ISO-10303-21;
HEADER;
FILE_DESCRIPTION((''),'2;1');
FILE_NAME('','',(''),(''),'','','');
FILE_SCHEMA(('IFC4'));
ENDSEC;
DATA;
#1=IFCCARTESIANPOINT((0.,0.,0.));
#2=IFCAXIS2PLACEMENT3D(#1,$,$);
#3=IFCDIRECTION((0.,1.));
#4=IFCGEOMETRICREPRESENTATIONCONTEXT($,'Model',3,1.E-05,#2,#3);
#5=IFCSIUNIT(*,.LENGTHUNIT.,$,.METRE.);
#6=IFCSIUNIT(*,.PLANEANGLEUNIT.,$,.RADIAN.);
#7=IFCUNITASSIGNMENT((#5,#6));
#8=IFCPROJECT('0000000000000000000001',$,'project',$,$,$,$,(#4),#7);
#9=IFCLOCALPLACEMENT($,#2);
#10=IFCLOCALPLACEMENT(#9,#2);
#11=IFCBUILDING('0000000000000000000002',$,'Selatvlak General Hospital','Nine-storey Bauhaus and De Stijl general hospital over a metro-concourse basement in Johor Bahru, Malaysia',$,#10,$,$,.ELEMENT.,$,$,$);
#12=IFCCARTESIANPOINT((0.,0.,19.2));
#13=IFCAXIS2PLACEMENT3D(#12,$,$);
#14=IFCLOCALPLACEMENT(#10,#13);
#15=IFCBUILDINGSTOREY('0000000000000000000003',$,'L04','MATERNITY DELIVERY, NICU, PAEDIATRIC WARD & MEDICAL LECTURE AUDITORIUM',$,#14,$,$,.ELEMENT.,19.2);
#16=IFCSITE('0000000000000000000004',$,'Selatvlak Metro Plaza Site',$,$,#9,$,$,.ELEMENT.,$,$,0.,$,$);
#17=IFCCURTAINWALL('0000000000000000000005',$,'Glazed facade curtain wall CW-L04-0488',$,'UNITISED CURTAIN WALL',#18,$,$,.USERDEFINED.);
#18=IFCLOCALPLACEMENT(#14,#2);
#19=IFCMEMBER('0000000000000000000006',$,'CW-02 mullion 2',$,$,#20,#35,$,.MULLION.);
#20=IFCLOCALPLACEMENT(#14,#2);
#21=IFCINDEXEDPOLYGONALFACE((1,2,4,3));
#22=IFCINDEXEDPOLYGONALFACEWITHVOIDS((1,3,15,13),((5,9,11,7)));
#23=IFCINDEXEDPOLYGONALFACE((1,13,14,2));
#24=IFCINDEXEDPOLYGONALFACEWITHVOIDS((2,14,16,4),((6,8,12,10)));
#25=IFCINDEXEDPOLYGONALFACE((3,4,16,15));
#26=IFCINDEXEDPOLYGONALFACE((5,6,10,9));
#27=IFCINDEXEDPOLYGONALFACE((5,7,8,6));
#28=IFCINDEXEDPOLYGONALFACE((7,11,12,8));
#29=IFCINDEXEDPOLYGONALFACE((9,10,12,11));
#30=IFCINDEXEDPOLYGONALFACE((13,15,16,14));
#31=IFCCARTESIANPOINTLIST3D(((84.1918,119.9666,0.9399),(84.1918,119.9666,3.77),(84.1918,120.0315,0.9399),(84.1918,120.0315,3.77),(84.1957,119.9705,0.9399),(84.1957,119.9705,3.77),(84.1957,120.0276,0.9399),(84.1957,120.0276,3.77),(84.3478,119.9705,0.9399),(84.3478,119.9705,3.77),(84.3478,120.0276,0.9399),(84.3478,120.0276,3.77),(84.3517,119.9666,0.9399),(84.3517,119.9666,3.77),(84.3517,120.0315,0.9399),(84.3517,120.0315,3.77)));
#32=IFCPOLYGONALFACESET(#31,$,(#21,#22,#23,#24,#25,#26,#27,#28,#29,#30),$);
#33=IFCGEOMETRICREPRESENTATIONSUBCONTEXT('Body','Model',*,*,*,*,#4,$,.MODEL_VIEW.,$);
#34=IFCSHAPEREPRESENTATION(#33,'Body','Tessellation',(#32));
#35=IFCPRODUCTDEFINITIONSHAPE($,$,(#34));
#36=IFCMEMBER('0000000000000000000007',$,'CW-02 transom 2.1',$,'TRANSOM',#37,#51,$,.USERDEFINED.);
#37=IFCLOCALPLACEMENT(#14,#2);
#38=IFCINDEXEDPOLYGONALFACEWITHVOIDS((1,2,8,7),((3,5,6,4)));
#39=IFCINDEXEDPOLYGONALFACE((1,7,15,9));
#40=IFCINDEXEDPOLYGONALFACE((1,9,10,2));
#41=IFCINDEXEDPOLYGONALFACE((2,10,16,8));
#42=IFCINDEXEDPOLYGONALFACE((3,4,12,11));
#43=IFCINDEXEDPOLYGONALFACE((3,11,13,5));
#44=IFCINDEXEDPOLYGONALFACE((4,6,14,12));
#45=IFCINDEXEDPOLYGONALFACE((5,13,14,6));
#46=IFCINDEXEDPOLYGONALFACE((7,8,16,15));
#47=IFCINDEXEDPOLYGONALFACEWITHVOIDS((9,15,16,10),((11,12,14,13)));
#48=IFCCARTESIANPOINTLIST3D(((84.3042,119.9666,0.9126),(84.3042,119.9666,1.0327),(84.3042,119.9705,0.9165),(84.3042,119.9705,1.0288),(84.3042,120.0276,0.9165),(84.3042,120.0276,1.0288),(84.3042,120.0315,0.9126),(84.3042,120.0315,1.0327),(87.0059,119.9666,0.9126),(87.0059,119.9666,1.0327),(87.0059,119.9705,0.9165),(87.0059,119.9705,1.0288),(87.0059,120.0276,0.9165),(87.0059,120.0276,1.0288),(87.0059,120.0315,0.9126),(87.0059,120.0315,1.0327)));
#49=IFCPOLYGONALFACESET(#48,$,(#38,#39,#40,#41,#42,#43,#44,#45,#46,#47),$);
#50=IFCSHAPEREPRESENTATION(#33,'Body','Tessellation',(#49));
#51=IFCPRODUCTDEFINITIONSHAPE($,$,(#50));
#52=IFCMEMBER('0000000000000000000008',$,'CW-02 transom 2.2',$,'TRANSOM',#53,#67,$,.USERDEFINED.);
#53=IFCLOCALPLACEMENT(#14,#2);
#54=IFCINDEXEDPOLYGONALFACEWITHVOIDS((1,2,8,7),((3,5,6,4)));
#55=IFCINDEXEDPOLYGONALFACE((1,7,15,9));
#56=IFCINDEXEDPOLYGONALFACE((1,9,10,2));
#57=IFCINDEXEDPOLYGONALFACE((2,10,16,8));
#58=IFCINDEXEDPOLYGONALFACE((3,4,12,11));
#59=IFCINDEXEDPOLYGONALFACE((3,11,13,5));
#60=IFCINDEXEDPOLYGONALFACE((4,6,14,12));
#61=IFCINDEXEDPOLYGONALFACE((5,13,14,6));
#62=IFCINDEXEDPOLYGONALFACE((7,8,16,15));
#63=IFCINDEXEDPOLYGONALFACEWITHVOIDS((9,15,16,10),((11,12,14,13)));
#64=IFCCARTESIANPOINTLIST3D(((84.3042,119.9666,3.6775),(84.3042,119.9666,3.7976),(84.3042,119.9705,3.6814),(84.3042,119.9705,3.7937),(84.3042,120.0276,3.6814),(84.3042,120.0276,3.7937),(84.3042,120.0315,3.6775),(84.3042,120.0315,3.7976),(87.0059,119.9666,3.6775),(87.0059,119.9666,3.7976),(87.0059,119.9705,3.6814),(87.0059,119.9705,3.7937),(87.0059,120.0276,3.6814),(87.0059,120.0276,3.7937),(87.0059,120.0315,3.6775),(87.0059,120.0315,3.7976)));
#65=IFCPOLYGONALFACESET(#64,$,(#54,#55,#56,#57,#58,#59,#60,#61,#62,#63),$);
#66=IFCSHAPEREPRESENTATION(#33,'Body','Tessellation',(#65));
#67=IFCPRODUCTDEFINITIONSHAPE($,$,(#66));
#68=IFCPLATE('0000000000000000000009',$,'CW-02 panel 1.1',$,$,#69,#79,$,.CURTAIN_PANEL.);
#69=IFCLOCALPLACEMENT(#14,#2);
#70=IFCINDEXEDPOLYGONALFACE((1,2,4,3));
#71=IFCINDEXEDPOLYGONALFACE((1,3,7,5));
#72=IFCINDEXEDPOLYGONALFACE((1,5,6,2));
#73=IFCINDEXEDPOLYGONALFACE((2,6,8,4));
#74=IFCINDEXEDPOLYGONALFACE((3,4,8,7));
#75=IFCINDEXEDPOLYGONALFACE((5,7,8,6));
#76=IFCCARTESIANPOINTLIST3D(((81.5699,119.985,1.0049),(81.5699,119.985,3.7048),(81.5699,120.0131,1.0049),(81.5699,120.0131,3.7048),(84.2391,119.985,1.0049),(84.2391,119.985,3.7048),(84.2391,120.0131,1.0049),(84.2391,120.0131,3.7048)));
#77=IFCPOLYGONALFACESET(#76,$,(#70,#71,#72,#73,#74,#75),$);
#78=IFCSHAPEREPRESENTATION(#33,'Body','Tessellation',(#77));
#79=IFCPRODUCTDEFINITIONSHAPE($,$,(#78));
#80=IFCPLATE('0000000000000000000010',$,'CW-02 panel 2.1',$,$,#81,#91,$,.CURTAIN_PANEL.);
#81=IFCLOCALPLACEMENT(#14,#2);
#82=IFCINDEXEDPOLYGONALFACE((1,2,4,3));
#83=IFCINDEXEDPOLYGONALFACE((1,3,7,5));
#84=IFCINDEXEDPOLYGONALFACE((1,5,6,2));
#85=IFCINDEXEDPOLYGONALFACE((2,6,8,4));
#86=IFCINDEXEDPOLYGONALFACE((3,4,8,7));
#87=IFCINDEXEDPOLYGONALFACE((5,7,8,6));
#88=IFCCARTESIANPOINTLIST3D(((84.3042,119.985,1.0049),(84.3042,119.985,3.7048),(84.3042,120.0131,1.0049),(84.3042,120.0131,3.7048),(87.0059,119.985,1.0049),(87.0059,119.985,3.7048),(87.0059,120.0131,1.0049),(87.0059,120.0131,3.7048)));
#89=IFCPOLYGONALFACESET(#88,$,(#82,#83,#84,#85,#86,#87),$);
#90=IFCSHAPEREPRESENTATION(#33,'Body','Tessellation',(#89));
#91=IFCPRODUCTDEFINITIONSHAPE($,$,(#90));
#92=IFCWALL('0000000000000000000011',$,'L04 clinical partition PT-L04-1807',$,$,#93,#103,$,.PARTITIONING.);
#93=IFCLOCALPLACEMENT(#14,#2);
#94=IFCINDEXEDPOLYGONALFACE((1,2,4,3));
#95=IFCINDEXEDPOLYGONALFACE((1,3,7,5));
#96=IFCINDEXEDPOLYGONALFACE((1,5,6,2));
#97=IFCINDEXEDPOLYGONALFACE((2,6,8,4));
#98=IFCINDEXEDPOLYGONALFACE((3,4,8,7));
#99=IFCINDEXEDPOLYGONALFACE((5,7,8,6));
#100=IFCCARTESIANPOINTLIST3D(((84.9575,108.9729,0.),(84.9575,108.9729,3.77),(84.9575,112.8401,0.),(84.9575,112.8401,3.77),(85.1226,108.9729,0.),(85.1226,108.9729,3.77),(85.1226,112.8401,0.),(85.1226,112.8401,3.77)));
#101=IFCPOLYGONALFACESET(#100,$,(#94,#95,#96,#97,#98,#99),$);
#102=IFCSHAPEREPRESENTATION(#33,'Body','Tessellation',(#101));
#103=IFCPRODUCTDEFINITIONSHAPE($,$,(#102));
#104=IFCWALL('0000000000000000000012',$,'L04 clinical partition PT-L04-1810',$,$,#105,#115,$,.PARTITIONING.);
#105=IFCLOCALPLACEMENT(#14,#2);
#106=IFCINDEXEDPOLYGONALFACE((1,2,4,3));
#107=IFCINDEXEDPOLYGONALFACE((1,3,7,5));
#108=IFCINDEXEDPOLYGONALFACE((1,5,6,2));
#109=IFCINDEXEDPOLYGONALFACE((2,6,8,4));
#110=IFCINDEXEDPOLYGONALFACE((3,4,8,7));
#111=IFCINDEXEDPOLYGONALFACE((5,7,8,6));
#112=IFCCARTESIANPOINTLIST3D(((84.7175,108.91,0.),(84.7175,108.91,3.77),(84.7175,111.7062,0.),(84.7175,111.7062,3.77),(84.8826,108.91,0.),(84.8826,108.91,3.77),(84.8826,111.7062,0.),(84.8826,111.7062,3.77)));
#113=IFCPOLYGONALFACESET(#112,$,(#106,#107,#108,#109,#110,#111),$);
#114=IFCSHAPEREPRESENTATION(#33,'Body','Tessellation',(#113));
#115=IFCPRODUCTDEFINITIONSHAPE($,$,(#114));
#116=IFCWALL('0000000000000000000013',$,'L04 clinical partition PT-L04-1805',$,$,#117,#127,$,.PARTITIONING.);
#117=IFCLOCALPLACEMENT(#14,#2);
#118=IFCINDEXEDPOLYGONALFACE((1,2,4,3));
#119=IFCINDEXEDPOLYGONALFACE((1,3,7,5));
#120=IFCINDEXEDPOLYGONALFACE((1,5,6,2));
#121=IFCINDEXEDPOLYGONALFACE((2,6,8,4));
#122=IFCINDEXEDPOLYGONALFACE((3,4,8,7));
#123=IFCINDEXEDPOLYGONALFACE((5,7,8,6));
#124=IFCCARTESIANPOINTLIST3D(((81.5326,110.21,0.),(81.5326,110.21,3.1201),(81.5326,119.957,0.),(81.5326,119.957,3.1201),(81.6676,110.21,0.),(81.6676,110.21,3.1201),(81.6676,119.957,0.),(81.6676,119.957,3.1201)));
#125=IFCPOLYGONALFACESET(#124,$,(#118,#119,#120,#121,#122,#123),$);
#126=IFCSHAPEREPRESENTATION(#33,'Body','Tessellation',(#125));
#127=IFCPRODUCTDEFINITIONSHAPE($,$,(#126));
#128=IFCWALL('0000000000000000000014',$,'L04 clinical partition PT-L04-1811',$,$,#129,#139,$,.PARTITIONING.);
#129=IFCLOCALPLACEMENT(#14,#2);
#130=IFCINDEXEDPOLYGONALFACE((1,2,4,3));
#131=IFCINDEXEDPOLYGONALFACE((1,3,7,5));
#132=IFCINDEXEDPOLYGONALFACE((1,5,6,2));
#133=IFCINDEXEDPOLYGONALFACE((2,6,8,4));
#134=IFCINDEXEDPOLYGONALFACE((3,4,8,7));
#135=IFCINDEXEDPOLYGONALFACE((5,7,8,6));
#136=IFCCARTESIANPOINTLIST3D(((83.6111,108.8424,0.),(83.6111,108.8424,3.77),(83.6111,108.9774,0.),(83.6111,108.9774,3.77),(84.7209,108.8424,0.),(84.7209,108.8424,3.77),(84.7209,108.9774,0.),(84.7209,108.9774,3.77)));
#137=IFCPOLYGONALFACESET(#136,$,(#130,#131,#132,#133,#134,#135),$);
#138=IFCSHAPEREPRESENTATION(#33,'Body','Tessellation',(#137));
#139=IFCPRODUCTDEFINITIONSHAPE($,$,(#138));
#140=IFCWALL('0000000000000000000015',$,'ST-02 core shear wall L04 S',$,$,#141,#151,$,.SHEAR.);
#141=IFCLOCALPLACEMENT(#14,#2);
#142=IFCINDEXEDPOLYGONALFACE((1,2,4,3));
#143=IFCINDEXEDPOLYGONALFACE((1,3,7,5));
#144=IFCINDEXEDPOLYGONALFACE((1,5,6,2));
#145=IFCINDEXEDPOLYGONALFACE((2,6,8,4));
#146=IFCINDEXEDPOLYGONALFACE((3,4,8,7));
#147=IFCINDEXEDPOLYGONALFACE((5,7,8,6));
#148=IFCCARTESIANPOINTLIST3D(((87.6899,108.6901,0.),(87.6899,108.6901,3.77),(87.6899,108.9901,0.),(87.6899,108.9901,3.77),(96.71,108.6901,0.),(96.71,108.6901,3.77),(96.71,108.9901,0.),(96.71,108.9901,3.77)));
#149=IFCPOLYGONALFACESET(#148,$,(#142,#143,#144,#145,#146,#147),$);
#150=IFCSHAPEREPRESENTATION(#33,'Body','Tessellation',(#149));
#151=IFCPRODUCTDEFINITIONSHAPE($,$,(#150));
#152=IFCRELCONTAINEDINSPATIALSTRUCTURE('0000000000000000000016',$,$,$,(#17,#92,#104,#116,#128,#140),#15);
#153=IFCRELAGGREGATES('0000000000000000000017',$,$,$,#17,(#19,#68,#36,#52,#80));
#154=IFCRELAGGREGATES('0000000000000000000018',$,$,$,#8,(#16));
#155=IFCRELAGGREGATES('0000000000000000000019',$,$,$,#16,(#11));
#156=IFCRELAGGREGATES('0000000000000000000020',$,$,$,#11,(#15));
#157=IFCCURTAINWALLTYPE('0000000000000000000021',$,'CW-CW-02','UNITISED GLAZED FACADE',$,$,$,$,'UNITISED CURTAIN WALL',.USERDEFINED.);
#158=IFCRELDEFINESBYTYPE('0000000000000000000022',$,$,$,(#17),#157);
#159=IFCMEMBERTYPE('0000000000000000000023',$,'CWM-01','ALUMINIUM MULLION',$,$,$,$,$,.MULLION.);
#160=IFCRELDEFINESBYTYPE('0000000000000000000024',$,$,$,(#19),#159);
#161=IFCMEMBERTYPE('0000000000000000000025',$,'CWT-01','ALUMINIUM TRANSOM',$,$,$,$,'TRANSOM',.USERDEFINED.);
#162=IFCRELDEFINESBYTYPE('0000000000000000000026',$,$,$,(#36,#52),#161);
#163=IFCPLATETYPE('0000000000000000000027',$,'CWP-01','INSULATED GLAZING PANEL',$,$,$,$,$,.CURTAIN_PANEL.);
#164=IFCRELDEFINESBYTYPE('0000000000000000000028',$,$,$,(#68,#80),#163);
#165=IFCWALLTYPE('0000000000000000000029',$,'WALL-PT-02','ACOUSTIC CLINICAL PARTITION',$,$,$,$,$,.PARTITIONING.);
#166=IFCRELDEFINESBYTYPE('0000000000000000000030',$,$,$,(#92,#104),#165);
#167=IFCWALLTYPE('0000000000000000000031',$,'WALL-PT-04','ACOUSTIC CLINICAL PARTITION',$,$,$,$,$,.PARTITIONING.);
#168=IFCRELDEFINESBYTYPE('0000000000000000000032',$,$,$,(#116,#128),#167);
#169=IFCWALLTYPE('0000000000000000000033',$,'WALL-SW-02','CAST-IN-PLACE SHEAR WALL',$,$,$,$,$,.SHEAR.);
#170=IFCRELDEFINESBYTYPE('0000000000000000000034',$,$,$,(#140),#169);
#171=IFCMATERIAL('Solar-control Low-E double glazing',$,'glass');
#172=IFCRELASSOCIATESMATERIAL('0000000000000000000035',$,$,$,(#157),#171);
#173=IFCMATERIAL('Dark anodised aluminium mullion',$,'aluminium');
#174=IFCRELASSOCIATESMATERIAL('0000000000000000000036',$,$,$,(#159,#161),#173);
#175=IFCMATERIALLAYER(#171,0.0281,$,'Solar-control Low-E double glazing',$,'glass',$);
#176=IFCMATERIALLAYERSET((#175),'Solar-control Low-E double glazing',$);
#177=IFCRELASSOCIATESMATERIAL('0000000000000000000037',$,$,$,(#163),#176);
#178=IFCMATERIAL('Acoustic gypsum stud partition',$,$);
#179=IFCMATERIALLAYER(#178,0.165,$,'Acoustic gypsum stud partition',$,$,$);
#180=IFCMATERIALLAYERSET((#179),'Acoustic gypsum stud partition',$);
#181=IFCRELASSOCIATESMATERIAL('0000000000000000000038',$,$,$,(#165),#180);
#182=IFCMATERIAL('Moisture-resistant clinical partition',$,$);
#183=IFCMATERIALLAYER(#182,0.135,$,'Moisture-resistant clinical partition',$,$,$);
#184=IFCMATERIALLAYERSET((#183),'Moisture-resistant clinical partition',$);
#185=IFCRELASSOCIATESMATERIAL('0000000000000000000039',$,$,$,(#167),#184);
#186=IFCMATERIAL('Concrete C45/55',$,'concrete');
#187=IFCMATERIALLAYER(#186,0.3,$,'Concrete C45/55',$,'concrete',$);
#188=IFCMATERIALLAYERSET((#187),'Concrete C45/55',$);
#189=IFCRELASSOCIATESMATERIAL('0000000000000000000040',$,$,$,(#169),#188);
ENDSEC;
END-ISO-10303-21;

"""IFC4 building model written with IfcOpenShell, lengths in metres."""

from ifc_helpers import new_model, si_unit, direction, frame, frame_2d, origin, origin_2d, place, context, subcontext, project, spatial, rectangle, hollow_rectangle, extrude, material, layer, layer_set, material_profile, profile_set, type_object, element, aggregate, save


model = new_model("IFC4")

# Units and contexts
model_context = context("Model", 3, precision=1e-05, world=origin(), true_north=direction((0.0, 1.0)))
body_context = subcontext(model_context, "Body", "Model", "MODEL_VIEW")
ifc_project = project(units=[si_unit("LENGTHUNIT", "METRE"), si_unit("PLANEANGLEUNIT", "RADIAN")], contexts=[model_context])

# Site, building, storey
site_placement = place(None, origin())
site = spatial("IfcSite", under=ifc_project, at=site_placement, Name="Selatvlak Metro Plaza Site", CompositionType="ELEMENT", RefElevation=0.0)
building_placement = place(site_placement, origin())
building = spatial("IfcBuilding", under=site, at=building_placement, Name="Selatvlak General Hospital", Description="Nine-storey Bauhaus and De Stijl general hospital over a metro-concourse basement in Johor Bahru, Malaysia", CompositionType="ELEMENT")
storey_placement = place(building_placement, frame((0.0, 0.0, 19.2)))
storey = spatial("IfcBuildingStorey", under=building, at=storey_placement, Name="L04", Description="MATERNITY DELIVERY, NICU, PAEDIATRIC WARD & MEDICAL LECTURE AUDITORIUM", CompositionType="ELEMENT", Elevation=19.2)

# Curtain wall, members, plates
ifc_material_1 = material(Name="Solar-control Low-E double glazing", Category="glass")
curtain_wall_type = type_object("IfcCurtainWallType", Name="CW-CW-02", Description="UNITISED GLAZED FACADE", ElementType="UNITISED CURTAIN WALL", PredefinedType="USERDEFINED", material=ifc_material_1)
curtain_wall_placement = place(storey_placement, origin())
curtain_wall = element("IfcCurtainWall", 1, at=curtain_wall_placement, inside=storey, type_object=curtain_wall_type, Name="Glazed facade curtain wall CW-L04-0488", ObjectType="UNITISED CURTAIN WALL", PredefinedType="USERDEFINED")
ifc_material_2 = material(Name="Dark anodised aluminium mullion", Category="aluminium")
ifc_material_profile_1 = material_profile(ifc_material_2, hollow_rectangle(XDim=0.0649, YDim=0.1599, WallThickness=0.0039, at=origin_2d()), Name="AL-MUL 65x160x4")
ifc_profile_set_1 = profile_set([ifc_material_profile_1], Name="Dark anodised aluminium mullion")
member_type_1 = type_object("IfcMemberType", Name="CWM-01", Description="ALUMINIUM MULLION", PredefinedType="MULLION", material=ifc_profile_set_1)
member_1_placement = place(storey_placement, frame((84.2717, 119.999, 0.9399), z_axis=(0.0, 0.0, 1.0), x_axis=(0.0, 1.0, 0.0)))
member_1 = element("IfcMember", 2, at=member_1_placement, type_object=member_type_1, Name="CW-02 mullion 2", PredefinedType="MULLION", context=body_context, shape_type="SweptSolid", body=[
    extrude(hollow_rectangle(XDim=0.0649, YDim=0.1599, WallThickness=0.0039, at=origin_2d()), origin(), (0.0, 0.0, 1.0), 2.8301),
])
ifc_material_profile_2 = material_profile(ifc_material_2, hollow_rectangle(XDim=0.0649, YDim=0.1201, WallThickness=0.0039, at=origin_2d()), Name="AL-TRN 65x120x4")
ifc_profile_set_2 = profile_set([ifc_material_profile_2], Name="Dark anodised aluminium mullion")
member_type_2 = type_object("IfcMemberType", Name="CWT-01", Description="ALUMINIUM TRANSOM", ElementType="TRANSOM", PredefinedType="USERDEFINED", material=ifc_profile_set_2)
member_2_placement = place(storey_placement, frame((84.3042, 119.999, 0.9727), z_axis=(1.0, 0.0, 0.0), x_axis=(0.0, 1.0, 0.0)))
member_2 = element("IfcMember", 3, at=member_2_placement, type_object=member_type_2, Name="CW-02 transom 2.1", ObjectType="TRANSOM", PredefinedType="USERDEFINED", context=body_context, shape_type="SweptSolid", body=[
    extrude(hollow_rectangle(XDim=0.0649, YDim=0.1201, WallThickness=0.0039, at=origin_2d()), origin(), (0.0, 0.0, 1.0), 2.7017),
])
member_3_placement = place(storey_placement, frame((84.3042, 119.999, 3.7375), z_axis=(1.0, 0.0, 0.0), x_axis=(0.0, 1.0, 0.0)))
member_3 = element("IfcMember", 4, at=member_3_placement, type_object=member_type_2, Name="CW-02 transom 2.2", ObjectType="TRANSOM", PredefinedType="USERDEFINED", context=body_context, shape_type="SweptSolid", body=[
    extrude(hollow_rectangle(XDim=0.0649, YDim=0.1201, WallThickness=0.0039, at=origin_2d()), origin(), (0.0, 0.0, 1.0), 2.7017),
])
ifc_layer_1 = layer(ifc_material_1, 0.0281, Name="Solar-control Low-E double glazing", Category="glass")
ifc_layer_set_1 = layer_set([ifc_layer_1], Name="Solar-control Low-E double glazing")
plate_type = type_object("IfcPlateType", Name="CWP-01", Description="INSULATED GLAZING PANEL", PredefinedType="CURTAIN_PANEL", material=ifc_layer_set_1)
plate_1_placement = place(storey_placement, frame((82.9045, 119.999, 1.0049), z_axis=(0.0, 0.0, 1.0), x_axis=(1.0, 0.0, 0.0)))
plate_1 = element("IfcPlate", 5, at=plate_1_placement, type_object=plate_type, Name="CW-02 panel 1.1", PredefinedType="CURTAIN_PANEL", context=body_context, shape_type="SweptSolid", body=[
    extrude(rectangle(XDim=2.6692, YDim=0.0281, at=origin_2d()), origin(), (0.0, 0.0, 1.0), 2.7),
])
plate_2_placement = place(storey_placement, frame((85.655, 119.999, 1.0049), z_axis=(0.0, 0.0, 1.0), x_axis=(1.0, 0.0, 0.0)))
plate_2 = element("IfcPlate", 6, at=plate_2_placement, type_object=plate_type, Name="CW-02 panel 2.1", PredefinedType="CURTAIN_PANEL", context=body_context, shape_type="SweptSolid", body=[
    extrude(rectangle(XDim=2.7017, YDim=0.0281, at=origin_2d()), origin(), (0.0, 0.0, 1.0), 2.7),
])
aggregate(curtain_wall, [member_1, plate_1, member_2, member_3, plate_2])

# Shared definitions
ifc_material_3 = material(Name="Acoustic gypsum stud partition")

# Walls
ifc_layer_2 = layer(ifc_material_3, 0.165, Name="Acoustic gypsum stud partition")
ifc_layer_set_2 = layer_set([ifc_layer_2], Name="Acoustic gypsum stud partition")
wall_type_1 = type_object("IfcWallType", Name="WALL-PT-02", Description="ACOUSTIC CLINICAL PARTITION", PredefinedType="PARTITIONING", material=ifc_layer_set_2)
wall_1_placement = place(storey_placement, frame((85.04, 112.8401, 0.0), z_axis=(0.0, 0.0, 1.0), x_axis=(0.0, -1.0, 0.0)))
element("IfcWall", 7, at=wall_1_placement, inside=storey, type_object=wall_type_1, Name="L04 clinical partition PT-L04-1807", PredefinedType="PARTITIONING", context=body_context, shape_type="SweptSolid", body=[
    extrude(rectangle(XDim=3.8672, YDim=0.165, at=frame_2d((1.9336, 0.0))), origin(), (0.0, 0.0, 1.0), 3.77),
])
wall_2_placement = place(storey_placement, frame((84.8, 111.7061, 0.0), z_axis=(0.0, 0.0, 1.0), x_axis=(0.0, -1.0, 0.0)))
element("IfcWall", 8, at=wall_2_placement, inside=storey, type_object=wall_type_1, Name="L04 clinical partition PT-L04-1810", PredefinedType="PARTITIONING", context=body_context, shape_type="SweptSolid", body=[
    extrude(rectangle(XDim=2.7961, YDim=0.165, at=frame_2d((1.3979, 0.0))), origin(), (0.0, 0.0, 1.0), 3.77),
])
ifc_material_4 = material(Name="Moisture-resistant clinical partition")
ifc_layer_3 = layer(ifc_material_4, 0.135, Name="Moisture-resistant clinical partition")
ifc_layer_set_3 = layer_set([ifc_layer_3], Name="Moisture-resistant clinical partition")
wall_type_2 = type_object("IfcWallType", Name="WALL-PT-04", Description="ACOUSTIC CLINICAL PARTITION", PredefinedType="PARTITIONING", material=ifc_layer_set_3)
wall_3_placement = place(storey_placement, frame((81.6001, 119.957, 0.0), z_axis=(0.0, 0.0, 1.0), x_axis=(0.0, -1.0, 0.0)))
element("IfcWall", 9, at=wall_3_placement, inside=storey, type_object=wall_type_2, Name="L04 clinical partition PT-L04-1805", PredefinedType="PARTITIONING", context=body_context, shape_type="SweptSolid", body=[
    extrude(rectangle(XDim=9.7471, YDim=0.135, at=frame_2d((4.8735, 0.0))), origin(), (0.0, 0.0, 1.0), 3.1201),
])

# Walls
wall_4_placement = place(storey_placement, frame((84.7209, 108.9099, 0.0), z_axis=(0.0, 0.0, 1.0), x_axis=(-1.0, 0.0, 0.0)))
element("IfcWall", 10, at=wall_4_placement, inside=storey, type_object=wall_type_2, Name="L04 clinical partition PT-L04-1811", PredefinedType="PARTITIONING", context=body_context, shape_type="SweptSolid", body=[
    extrude(rectangle(XDim=1.1099, YDim=0.135, at=frame_2d((0.5549, 0.0))), origin(), (0.0, 0.0, 1.0), 3.77),
])
ifc_material_5 = material(Name="Concrete C45/55", Category="concrete")
ifc_layer_4 = layer(ifc_material_5, 0.3, Name="Concrete C45/55", Category="concrete")
ifc_layer_set_4 = layer_set([ifc_layer_4], Name="Concrete C45/55")
wall_type_3 = type_object("IfcWallType", Name="WALL-SW-02", Description="CAST-IN-PLACE SHEAR WALL", PredefinedType="SHEAR", material=ifc_layer_set_4)
wall_5_placement = place(storey_placement, frame((87.6899, 108.8401, 0.0), z_axis=(0.0, 0.0, 1.0), x_axis=(1.0, 0.0, 0.0)))
element("IfcWall", 11, at=wall_5_placement, inside=storey, type_object=wall_type_3, Name="ST-02 core shear wall L04 S", PredefinedType="SHEAR", context=body_context, shape_type="SweptSolid", body=[
    extrude(rectangle(XDim=9.02, YDim=0.3, at=frame_2d((4.51, 0.0))), origin(), (0.0, 0.0, 1.0), 3.77),
])

save(model, "model.ifc")
